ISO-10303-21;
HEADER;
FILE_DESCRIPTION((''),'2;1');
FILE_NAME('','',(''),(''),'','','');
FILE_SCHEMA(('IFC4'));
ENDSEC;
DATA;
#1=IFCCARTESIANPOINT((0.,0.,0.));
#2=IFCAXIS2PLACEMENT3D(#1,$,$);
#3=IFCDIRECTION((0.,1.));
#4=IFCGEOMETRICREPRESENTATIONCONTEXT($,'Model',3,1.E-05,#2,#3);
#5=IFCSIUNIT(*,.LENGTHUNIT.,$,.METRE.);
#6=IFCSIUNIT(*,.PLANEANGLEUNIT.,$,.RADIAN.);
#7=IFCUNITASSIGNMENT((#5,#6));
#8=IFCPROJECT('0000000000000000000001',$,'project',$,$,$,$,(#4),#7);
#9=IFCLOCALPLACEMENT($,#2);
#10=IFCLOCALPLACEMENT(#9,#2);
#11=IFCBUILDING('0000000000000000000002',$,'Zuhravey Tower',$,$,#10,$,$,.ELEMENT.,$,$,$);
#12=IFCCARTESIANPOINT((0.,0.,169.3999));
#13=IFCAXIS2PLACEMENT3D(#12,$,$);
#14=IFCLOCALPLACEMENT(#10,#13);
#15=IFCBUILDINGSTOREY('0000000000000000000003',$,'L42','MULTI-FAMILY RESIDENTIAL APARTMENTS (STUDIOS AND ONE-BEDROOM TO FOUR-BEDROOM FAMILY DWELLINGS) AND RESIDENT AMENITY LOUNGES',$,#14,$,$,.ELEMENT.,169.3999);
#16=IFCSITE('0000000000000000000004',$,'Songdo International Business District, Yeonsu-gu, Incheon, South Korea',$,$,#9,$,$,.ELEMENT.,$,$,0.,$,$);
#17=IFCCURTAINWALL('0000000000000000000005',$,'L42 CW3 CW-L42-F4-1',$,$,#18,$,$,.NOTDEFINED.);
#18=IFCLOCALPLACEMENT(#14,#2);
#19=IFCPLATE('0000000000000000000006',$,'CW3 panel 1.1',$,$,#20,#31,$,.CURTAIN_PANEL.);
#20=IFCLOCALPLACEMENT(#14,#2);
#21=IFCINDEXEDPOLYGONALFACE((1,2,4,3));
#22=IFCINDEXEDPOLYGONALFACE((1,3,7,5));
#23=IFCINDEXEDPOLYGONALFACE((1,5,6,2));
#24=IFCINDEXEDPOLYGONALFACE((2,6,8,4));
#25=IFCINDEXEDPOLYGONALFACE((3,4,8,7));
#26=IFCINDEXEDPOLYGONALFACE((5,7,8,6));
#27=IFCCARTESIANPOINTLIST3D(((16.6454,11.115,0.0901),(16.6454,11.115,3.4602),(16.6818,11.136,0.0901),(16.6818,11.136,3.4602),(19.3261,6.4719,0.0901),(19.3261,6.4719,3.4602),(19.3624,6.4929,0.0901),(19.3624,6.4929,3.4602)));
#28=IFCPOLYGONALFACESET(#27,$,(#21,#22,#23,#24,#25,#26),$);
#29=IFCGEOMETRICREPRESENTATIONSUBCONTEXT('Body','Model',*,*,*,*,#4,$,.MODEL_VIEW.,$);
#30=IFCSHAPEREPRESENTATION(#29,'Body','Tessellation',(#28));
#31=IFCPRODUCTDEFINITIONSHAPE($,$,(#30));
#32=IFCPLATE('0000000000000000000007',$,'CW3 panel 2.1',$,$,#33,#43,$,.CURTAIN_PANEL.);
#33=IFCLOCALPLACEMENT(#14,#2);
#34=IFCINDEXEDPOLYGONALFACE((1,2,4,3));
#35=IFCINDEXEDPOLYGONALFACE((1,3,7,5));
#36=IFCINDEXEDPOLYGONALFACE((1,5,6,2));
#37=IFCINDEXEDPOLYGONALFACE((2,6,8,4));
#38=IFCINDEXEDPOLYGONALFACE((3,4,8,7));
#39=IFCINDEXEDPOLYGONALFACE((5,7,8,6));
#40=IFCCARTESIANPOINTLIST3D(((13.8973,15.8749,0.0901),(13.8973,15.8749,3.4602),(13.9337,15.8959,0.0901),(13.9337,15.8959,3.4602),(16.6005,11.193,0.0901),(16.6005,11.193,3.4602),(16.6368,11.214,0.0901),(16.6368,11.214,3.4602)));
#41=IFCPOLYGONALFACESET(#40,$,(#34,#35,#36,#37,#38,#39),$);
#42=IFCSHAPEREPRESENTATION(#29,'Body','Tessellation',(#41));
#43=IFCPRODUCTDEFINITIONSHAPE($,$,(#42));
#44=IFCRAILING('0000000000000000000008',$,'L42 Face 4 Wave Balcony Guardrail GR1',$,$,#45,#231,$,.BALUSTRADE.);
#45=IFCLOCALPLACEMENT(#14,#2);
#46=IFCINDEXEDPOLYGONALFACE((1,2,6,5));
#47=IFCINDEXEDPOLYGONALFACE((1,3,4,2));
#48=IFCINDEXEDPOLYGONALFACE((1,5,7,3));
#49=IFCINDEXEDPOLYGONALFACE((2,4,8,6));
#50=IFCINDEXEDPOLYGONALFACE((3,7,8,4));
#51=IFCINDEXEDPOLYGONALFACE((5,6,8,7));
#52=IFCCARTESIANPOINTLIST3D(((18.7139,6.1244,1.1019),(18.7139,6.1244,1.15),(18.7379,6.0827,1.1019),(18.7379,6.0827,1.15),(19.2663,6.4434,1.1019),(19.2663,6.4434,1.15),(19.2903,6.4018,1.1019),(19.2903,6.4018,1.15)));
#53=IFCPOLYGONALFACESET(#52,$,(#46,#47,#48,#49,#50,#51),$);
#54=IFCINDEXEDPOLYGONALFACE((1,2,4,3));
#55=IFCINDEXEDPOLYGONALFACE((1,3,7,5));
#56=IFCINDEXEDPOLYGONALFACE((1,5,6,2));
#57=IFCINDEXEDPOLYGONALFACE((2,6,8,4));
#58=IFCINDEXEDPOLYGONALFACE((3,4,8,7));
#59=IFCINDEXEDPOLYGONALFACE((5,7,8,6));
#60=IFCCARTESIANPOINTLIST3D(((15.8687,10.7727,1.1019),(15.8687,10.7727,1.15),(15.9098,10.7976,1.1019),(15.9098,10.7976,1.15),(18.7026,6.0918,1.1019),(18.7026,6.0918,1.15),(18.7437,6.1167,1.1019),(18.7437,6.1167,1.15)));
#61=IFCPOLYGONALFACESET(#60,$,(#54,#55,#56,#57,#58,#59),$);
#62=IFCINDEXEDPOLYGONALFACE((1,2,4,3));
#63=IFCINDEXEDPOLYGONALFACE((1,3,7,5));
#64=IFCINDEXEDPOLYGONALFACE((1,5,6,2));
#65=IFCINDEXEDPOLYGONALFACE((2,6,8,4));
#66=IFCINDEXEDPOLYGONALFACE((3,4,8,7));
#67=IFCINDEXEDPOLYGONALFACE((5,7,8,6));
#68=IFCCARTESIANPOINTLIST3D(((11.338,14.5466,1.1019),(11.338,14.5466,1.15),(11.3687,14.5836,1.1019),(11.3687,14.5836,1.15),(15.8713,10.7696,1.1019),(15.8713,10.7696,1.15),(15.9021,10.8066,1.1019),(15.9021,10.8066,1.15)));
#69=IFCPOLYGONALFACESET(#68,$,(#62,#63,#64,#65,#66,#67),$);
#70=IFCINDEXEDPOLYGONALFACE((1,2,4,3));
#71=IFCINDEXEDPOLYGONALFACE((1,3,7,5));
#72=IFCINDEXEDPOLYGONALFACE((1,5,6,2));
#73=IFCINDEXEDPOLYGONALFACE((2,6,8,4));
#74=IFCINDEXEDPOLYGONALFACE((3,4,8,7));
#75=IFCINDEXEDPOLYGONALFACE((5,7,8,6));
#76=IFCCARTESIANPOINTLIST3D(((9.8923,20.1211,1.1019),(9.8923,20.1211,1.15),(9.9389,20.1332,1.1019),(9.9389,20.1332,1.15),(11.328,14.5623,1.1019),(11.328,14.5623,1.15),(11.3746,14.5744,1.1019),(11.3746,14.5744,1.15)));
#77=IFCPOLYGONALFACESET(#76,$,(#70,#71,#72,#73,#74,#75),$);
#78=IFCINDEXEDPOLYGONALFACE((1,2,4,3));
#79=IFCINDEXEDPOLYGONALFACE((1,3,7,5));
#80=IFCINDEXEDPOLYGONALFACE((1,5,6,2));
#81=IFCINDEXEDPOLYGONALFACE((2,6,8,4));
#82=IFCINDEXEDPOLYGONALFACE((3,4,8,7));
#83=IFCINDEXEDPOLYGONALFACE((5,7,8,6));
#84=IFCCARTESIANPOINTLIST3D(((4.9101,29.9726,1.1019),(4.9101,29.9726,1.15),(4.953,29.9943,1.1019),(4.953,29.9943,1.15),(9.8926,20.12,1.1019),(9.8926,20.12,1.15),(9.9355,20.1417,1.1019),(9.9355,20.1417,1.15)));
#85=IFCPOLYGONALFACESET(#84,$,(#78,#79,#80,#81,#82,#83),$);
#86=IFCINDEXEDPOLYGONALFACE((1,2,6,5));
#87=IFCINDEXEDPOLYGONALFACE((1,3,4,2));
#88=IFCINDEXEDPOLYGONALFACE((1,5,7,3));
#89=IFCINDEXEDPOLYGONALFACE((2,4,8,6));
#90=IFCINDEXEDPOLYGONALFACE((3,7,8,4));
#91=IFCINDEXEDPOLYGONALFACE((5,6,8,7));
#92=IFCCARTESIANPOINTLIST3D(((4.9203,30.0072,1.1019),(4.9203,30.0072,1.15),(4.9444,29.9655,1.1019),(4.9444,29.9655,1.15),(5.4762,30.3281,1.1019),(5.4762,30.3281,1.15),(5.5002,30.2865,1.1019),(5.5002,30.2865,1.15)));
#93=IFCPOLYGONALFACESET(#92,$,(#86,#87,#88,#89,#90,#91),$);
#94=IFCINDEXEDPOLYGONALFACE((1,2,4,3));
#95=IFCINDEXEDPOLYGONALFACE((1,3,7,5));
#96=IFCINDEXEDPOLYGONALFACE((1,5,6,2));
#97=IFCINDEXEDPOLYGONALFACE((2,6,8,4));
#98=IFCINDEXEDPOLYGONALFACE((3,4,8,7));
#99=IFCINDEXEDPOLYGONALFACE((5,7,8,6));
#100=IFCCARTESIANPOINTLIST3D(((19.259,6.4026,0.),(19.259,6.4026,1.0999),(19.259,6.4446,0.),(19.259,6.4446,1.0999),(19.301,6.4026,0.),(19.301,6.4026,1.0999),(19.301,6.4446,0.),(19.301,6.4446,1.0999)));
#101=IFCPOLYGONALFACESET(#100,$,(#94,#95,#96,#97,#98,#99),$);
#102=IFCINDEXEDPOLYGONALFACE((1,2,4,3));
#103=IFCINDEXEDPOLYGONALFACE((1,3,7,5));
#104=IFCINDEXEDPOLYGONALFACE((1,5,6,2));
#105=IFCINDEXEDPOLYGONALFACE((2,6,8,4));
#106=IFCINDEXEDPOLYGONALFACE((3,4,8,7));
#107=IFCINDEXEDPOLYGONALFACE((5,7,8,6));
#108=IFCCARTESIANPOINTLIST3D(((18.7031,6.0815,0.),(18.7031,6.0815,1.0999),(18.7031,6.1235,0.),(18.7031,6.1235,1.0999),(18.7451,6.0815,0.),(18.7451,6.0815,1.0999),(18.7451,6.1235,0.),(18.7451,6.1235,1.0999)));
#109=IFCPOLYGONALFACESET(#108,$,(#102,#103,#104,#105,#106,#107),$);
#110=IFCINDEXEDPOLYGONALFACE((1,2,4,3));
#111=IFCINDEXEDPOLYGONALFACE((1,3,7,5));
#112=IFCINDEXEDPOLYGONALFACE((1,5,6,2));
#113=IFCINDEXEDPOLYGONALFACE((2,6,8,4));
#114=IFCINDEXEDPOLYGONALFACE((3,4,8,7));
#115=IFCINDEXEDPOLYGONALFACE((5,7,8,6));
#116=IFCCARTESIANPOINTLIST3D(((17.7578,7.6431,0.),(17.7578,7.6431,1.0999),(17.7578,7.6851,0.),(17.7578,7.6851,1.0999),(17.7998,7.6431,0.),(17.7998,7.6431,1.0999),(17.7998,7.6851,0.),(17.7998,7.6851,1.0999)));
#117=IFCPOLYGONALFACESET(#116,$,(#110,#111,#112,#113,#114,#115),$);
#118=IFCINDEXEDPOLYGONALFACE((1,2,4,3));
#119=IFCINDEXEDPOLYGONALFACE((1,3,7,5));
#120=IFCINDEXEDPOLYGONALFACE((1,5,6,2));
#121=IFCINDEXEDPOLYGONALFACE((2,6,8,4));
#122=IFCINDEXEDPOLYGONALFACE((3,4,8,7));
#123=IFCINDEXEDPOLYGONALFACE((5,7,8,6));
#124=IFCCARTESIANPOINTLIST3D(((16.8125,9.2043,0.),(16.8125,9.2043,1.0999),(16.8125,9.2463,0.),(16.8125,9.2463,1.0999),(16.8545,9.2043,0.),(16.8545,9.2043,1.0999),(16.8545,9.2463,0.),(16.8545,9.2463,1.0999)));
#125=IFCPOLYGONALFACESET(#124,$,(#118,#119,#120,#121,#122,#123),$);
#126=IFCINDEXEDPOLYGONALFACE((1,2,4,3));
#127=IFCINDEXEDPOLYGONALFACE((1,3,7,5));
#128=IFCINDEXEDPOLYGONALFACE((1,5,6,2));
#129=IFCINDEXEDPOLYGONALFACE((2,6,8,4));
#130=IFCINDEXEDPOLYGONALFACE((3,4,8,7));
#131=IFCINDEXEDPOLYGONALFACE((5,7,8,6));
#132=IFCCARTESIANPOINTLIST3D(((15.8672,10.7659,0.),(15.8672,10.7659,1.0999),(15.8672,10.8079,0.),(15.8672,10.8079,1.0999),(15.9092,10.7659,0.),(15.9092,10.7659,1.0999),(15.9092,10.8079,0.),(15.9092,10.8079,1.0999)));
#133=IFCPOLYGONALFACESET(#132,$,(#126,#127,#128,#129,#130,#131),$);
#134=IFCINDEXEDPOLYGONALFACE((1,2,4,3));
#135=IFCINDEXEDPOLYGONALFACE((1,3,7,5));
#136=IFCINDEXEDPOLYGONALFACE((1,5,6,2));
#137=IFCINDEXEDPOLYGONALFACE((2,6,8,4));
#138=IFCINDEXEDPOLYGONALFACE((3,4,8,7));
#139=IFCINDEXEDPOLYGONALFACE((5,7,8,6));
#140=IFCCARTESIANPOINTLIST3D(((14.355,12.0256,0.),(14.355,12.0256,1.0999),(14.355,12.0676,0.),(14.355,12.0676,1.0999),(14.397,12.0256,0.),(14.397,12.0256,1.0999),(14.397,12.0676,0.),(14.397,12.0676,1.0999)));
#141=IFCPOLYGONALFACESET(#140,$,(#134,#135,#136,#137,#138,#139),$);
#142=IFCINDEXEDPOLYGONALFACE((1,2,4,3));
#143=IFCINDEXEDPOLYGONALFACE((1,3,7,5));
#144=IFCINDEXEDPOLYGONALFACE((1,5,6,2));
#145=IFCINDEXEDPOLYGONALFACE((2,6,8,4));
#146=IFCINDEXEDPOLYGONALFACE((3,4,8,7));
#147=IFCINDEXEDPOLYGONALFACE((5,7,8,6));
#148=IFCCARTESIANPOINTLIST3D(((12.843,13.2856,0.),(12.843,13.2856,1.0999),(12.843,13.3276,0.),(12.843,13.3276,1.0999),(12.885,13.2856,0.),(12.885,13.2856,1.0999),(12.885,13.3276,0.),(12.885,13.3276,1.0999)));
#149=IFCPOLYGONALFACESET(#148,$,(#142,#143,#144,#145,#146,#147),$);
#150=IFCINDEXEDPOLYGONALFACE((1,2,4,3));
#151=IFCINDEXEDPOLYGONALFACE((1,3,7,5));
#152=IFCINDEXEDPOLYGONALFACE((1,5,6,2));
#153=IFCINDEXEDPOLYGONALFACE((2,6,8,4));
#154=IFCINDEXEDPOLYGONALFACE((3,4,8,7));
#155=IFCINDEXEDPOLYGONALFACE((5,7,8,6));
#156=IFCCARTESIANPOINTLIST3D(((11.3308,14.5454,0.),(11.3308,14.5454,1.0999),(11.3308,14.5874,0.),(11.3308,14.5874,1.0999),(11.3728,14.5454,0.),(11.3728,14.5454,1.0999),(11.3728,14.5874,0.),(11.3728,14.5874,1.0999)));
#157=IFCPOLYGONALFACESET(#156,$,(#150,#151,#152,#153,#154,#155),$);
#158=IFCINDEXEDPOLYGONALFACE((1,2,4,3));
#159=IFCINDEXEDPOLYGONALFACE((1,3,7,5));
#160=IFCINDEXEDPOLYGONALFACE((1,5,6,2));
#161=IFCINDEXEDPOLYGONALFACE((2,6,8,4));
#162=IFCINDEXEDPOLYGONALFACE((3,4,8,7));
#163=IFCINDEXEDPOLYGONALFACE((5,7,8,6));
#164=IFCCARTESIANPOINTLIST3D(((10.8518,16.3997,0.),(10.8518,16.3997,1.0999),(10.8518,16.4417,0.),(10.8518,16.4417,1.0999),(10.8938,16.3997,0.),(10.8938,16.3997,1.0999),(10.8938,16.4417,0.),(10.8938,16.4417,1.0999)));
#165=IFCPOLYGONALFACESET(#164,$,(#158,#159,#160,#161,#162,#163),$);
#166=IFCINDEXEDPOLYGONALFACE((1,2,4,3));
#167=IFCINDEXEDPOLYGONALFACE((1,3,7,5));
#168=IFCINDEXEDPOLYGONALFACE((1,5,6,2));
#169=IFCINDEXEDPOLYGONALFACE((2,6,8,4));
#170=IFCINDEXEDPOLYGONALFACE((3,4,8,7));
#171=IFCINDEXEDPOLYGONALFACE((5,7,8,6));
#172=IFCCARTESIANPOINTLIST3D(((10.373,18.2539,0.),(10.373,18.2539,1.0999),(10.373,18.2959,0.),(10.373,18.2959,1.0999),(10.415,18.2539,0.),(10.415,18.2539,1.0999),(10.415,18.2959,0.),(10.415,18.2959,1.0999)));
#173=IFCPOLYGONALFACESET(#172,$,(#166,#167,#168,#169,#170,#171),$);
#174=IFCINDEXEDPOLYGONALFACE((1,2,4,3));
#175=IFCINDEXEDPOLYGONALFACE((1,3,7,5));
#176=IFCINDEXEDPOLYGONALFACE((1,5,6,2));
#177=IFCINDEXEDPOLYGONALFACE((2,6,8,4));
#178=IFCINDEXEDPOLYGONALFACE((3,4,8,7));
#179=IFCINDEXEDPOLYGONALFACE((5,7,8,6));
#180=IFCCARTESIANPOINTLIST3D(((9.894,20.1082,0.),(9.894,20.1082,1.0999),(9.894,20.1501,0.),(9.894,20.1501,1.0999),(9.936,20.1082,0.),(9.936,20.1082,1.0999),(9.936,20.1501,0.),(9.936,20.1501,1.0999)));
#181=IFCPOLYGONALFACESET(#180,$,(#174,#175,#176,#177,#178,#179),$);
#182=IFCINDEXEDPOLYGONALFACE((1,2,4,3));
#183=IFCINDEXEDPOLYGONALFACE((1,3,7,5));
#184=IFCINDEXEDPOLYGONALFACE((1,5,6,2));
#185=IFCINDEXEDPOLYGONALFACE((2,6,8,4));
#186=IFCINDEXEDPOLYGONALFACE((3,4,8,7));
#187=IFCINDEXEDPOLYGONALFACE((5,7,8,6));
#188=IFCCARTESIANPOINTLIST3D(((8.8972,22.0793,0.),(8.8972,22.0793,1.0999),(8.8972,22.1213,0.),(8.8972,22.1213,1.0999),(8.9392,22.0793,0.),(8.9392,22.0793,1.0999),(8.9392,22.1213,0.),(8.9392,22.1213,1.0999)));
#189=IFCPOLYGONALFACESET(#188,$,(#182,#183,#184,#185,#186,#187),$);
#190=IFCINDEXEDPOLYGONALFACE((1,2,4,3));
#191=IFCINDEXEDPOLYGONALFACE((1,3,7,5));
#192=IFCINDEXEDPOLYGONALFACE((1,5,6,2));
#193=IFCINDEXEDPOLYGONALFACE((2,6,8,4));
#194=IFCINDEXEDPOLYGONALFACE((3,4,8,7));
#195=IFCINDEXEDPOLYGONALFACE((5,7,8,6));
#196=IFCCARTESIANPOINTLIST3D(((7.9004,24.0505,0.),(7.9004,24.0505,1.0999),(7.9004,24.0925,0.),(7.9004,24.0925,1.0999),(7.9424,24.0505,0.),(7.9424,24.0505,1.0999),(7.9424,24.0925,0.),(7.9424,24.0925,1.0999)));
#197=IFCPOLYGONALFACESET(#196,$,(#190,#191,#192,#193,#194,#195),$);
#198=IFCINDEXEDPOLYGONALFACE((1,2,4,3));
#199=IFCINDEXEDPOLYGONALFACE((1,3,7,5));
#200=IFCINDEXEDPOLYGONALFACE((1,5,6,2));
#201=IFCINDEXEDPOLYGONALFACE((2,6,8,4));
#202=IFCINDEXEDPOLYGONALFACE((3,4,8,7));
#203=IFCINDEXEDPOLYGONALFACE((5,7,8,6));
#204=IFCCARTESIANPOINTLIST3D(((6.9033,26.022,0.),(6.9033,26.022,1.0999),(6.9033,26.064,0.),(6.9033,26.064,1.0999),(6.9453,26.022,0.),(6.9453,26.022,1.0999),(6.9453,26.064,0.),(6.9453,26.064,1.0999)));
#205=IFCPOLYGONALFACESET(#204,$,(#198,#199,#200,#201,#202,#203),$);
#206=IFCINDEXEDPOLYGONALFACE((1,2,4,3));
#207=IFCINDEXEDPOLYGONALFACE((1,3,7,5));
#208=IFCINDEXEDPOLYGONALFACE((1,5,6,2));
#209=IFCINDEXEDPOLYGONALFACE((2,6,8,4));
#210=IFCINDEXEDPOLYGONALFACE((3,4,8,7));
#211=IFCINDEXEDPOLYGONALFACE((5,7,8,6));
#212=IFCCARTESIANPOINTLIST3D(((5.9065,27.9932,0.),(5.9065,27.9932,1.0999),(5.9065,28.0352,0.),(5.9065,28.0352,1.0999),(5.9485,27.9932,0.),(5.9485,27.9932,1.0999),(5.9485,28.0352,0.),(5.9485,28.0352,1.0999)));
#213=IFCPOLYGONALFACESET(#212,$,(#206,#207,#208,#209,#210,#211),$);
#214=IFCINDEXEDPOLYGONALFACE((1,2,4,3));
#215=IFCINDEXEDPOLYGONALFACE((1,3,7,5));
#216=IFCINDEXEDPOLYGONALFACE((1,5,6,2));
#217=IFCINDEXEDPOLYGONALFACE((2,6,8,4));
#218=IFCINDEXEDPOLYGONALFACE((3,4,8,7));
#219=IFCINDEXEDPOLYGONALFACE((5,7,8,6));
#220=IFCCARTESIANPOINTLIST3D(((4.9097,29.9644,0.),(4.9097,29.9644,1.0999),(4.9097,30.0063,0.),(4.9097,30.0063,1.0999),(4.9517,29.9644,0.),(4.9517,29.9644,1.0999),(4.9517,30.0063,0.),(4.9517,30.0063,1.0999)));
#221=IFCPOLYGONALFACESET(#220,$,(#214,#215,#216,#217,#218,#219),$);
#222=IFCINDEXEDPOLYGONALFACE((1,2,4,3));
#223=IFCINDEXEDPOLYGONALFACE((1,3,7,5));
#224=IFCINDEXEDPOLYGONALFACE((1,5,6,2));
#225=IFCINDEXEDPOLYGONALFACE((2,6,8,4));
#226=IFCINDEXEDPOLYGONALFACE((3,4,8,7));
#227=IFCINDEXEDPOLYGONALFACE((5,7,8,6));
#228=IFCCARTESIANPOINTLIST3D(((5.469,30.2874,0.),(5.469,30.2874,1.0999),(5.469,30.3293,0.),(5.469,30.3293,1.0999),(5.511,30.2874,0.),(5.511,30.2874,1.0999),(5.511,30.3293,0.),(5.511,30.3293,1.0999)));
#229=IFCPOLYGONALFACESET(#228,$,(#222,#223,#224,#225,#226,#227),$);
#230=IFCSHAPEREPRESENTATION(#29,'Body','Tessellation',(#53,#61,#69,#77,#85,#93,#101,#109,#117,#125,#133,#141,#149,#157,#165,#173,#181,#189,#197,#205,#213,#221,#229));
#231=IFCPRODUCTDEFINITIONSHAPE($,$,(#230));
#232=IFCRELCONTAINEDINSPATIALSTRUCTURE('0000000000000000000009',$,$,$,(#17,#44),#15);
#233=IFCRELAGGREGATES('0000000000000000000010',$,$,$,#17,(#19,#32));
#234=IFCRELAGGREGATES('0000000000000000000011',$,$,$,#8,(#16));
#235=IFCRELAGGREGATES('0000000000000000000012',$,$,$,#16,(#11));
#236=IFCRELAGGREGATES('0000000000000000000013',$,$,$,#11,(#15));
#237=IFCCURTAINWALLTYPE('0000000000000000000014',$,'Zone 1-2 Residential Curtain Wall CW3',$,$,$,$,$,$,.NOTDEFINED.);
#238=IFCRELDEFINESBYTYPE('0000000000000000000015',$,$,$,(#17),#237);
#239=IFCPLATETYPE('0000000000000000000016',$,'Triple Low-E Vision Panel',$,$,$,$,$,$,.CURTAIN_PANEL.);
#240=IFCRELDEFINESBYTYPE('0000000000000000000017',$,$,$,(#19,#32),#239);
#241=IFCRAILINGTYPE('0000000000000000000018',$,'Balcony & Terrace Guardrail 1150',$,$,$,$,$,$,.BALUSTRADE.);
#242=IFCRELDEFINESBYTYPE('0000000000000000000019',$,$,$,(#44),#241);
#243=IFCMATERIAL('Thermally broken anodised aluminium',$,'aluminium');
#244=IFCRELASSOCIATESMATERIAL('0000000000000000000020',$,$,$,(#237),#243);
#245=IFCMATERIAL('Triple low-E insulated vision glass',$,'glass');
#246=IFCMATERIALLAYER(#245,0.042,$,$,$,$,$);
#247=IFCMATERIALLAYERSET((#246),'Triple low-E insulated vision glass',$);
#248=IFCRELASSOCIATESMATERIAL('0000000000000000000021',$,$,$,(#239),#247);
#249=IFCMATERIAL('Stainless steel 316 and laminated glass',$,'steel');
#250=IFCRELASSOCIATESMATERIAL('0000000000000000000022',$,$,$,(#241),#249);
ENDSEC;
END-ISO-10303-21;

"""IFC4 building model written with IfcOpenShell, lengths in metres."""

from ifc_helpers import new_model, si_unit, direction, frame, origin, origin_2d, place, context, subcontext, project, spatial, rectangle, extrude, material, layer, layer_set, type_object, element, aggregate, save


model = new_model("IFC4")

# Units and contexts
model_context = context("Model", 3, precision=1e-05, world=origin(), true_north=direction((0.0, 1.0)))
body_context = subcontext(model_context, "Body", "Model", "MODEL_VIEW")
ifc_project = project(units=[si_unit("LENGTHUNIT", "METRE"), si_unit("PLANEANGLEUNIT", "RADIAN")], contexts=[model_context])

# Site, building, storey
site_placement = place(None, origin())
site = spatial("IfcSite", under=ifc_project, at=site_placement, Name="Songdo International Business District, Yeonsu-gu, Incheon, South Korea", CompositionType="ELEMENT", RefElevation=0.0)
building_placement = place(site_placement, origin())
building = spatial("IfcBuilding", under=site, at=building_placement, Name="Zuhravey Tower", CompositionType="ELEMENT")
storey_placement = place(building_placement, frame((0.0, 0.0, 169.3999)))
storey = spatial("IfcBuildingStorey", under=building, at=storey_placement, Name="L42", Description="MULTI-FAMILY RESIDENTIAL APARTMENTS (STUDIOS AND ONE-BEDROOM TO FOUR-BEDROOM FAMILY DWELLINGS) AND RESIDENT AMENITY LOUNGES", CompositionType="ELEMENT", Elevation=169.3999)

# Curtain wall
ifc_material_1 = material(Name="Thermally broken anodised aluminium", Category="aluminium")
curtain_wall_type = type_object("IfcCurtainWallType", Name="Zone 1-2 Residential Curtain Wall CW3", PredefinedType="NOTDEFINED", material=ifc_material_1)
curtain_wall_placement = place(storey_placement, origin())
curtain_wall = element("IfcCurtainWall", 1, at=curtain_wall_placement, inside=storey, type_object=curtain_wall_type, Name="L42 CW3 CW-L42-F4-1", PredefinedType="NOTDEFINED")

# Plates
ifc_material_2 = material(Name="Triple low-E insulated vision glass", Category="glass")
ifc_layer_1 = layer(ifc_material_2, 0.042)
ifc_layer_set_1 = layer_set([ifc_layer_1], Name="Triple low-E insulated vision glass")
plate_type_1 = type_object("IfcPlateType", Name="Triple Low-E Vision Panel", PredefinedType="CURTAIN_PANEL", material=ifc_layer_set_1)
plate_1_placement = place(storey_placement, frame((18.0039, 8.804, 0.0901), z_axis=(0.0, 0.0, 1.0), x_axis=(-0.5, 0.866025, 0.0)))
plate_1 = element("IfcPlate", 2, at=plate_1_placement, type_object=plate_type_1, Name="CW3 panel 1.1", PredefinedType="CURTAIN_PANEL", context=body_context, shape_type="SweptSolid", body=[
    extrude(rectangle(XDim=5.3613, YDim=0.042, at=origin_2d()), origin(), (0.0, 0.0, 1.0), 3.3701),
])
plate_2_placement = place(storey_placement, frame((15.2671, 13.5444, 0.0901), z_axis=(0.0, 0.0, 1.0), x_axis=(-0.5, 0.866025, 0.0)))
plate_2 = element("IfcPlate", 3, at=plate_2_placement, type_object=plate_type_1, Name="CW3 panel 2.1", PredefinedType="CURTAIN_PANEL", context=body_context, shape_type="SweptSolid", body=[
    extrude(rectangle(XDim=5.4062, YDim=0.042, at=origin_2d()), origin(), (0.0, 0.0, 1.0), 3.3701),
])
aggregate(curtain_wall, [plate_1, plate_2])

# Railing
ifc_material_3 = material(Name="Stainless steel 316 and laminated glass", Category="steel")
railing_type = type_object("IfcRailingType", Name="Balcony & Terrace Guardrail 1150", PredefinedType="BALUSTRADE", material=ifc_material_3)
railing_placement = place(storey_placement, frame((19.28, 6.4236, 0.0)))
element("IfcRailing", 4, at=railing_placement, inside=storey, type_object=railing_type, Name="L42 Face 4 Wave Balcony Guardrail GR1", PredefinedType="BALUSTRADE", context=body_context, shape_type="SweptSolid", body=[
    extrude(rectangle(XDim=0.0481, YDim=0.0481, at=origin_2d()), frame((-0.0017, -0.001, 1.126), z_axis=(-0.865964, -0.500107, 0.0), x_axis=(0.500107, -0.865964, 0.0)), (0.0, 0.0, 1.0), 0.6379),
    extrude(rectangle(XDim=0.0481, YDim=0.0481, at=origin_2d()), frame((-0.5569, -0.3193, 1.126), z_axis=(-0.517895, 0.855444, 0.0), x_axis=(-0.855444, -0.517895, 0.0)), (0.0, 0.0, 1.0), 5.4719),
    extrude(rectangle(XDim=0.0481, YDim=0.0481, at=origin_2d()), frame((-3.3933, 4.3645, 1.126), z_axis=(-0.768286, 0.640107, 0.0), x_axis=(-0.640107, -0.768286, 0.0)), (0.0, 0.0, 1.0), 5.9006),
    extrude(rectangle(XDim=0.0481, YDim=0.0481, at=origin_2d()), frame((-7.9287, 8.1448, 1.126), z_axis=(-0.250077, 0.968226, 0.0), x_axis=(-0.968226, -0.250077, 0.0)), (0.0, 0.0, 1.0), 5.7412),
    extrude(rectangle(XDim=0.0481, YDim=0.0481, at=origin_2d()), frame((-9.366, 13.7073, 1.126), z_axis=(-0.451285, 0.89238, 0.0), x_axis=(-0.89238, -0.451285, 0.0)), (0.0, 0.0, 1.0), 11.0408),
    extrude(rectangle(XDim=0.0481, YDim=0.0481, at=origin_2d()), frame((-14.3477, 23.5627, 1.126), z_axis=(0.865978, 0.500082, 0.0), x_axis=(-0.500082, 0.865978, 0.0)), (0.0, 0.0, 1.0), 0.6418),
    extrude(rectangle(XDim=0.042, YDim=0.042, at=origin_2d()), origin(), (0.0, 0.0, 1.0), 1.0999),
    extrude(rectangle(XDim=0.042, YDim=0.042, at=origin_2d()), frame((-0.5559, -0.321, 0.0)), (0.0, 0.0, 1.0), 1.0999),
    extrude(rectangle(XDim=0.042, YDim=0.042, at=origin_2d()), frame((-1.5012, 1.2405, 0.0)), (0.0, 0.0, 1.0), 1.0999),
    extrude(rectangle(XDim=0.042, YDim=0.042, at=origin_2d()), frame((-2.4465, 2.8018, 0.0)), (0.0, 0.0, 1.0), 1.0999),
    extrude(rectangle(XDim=0.042, YDim=0.042, at=origin_2d()), frame((-3.3918, 4.3633, 0.0)), (0.0, 0.0, 1.0), 1.0999),
    extrude(rectangle(XDim=0.042, YDim=0.042, at=origin_2d()), frame((-4.9041, 5.623, 0.0)), (0.0, 0.0, 1.0), 1.0999),
    extrude(rectangle(XDim=0.042, YDim=0.042, at=origin_2d()), frame((-6.416, 6.8831, 0.0)), (0.0, 0.0, 1.0), 1.0999),
    extrude(rectangle(XDim=0.042, YDim=0.042, at=origin_2d()), frame((-7.9282, 8.1428, 0.0)), (0.0, 0.0, 1.0), 1.0999),
    extrude(rectangle(XDim=0.042, YDim=0.042, at=origin_2d()), frame((-8.4072, 9.9971, 0.0)), (0.0, 0.0, 1.0), 1.0999),
    extrude(rectangle(XDim=0.042, YDim=0.042, at=origin_2d()), frame((-8.886, 11.8513, 0.0)), (0.0, 0.0, 1.0), 1.0999),
    extrude(rectangle(XDim=0.042, YDim=0.042, at=origin_2d()), frame((-9.365, 13.7056, 0.0)), (0.0, 0.0, 1.0), 1.0999),
    extrude(rectangle(XDim=0.042, YDim=0.042, at=origin_2d()), frame((-10.3618, 15.6768, 0.0)), (0.0, 0.0, 1.0), 1.0999),
    extrude(rectangle(XDim=0.042, YDim=0.042, at=origin_2d()), frame((-11.3586, 17.6479, 0.0)), (0.0, 0.0, 1.0), 1.0999),
    extrude(rectangle(XDim=0.042, YDim=0.042, at=origin_2d()), frame((-12.3557, 19.6194, 0.0)), (0.0, 0.0, 1.0), 1.0999),
    extrude(rectangle(XDim=0.042, YDim=0.042, at=origin_2d()), frame((-13.3525, 21.5906, 0.0)), (0.0, 0.0, 1.0), 1.0999),
    extrude(rectangle(XDim=0.042, YDim=0.042, at=origin_2d()), frame((-14.3494, 23.5618, 0.0)), (0.0, 0.0, 1.0), 1.0999),
    extrude(rectangle(XDim=0.042, YDim=0.042, at=origin_2d()), frame((-13.79, 23.8848, 0.0)), (0.0, 0.0, 1.0), 1.0999),
])

save(model, "model.ifc")
